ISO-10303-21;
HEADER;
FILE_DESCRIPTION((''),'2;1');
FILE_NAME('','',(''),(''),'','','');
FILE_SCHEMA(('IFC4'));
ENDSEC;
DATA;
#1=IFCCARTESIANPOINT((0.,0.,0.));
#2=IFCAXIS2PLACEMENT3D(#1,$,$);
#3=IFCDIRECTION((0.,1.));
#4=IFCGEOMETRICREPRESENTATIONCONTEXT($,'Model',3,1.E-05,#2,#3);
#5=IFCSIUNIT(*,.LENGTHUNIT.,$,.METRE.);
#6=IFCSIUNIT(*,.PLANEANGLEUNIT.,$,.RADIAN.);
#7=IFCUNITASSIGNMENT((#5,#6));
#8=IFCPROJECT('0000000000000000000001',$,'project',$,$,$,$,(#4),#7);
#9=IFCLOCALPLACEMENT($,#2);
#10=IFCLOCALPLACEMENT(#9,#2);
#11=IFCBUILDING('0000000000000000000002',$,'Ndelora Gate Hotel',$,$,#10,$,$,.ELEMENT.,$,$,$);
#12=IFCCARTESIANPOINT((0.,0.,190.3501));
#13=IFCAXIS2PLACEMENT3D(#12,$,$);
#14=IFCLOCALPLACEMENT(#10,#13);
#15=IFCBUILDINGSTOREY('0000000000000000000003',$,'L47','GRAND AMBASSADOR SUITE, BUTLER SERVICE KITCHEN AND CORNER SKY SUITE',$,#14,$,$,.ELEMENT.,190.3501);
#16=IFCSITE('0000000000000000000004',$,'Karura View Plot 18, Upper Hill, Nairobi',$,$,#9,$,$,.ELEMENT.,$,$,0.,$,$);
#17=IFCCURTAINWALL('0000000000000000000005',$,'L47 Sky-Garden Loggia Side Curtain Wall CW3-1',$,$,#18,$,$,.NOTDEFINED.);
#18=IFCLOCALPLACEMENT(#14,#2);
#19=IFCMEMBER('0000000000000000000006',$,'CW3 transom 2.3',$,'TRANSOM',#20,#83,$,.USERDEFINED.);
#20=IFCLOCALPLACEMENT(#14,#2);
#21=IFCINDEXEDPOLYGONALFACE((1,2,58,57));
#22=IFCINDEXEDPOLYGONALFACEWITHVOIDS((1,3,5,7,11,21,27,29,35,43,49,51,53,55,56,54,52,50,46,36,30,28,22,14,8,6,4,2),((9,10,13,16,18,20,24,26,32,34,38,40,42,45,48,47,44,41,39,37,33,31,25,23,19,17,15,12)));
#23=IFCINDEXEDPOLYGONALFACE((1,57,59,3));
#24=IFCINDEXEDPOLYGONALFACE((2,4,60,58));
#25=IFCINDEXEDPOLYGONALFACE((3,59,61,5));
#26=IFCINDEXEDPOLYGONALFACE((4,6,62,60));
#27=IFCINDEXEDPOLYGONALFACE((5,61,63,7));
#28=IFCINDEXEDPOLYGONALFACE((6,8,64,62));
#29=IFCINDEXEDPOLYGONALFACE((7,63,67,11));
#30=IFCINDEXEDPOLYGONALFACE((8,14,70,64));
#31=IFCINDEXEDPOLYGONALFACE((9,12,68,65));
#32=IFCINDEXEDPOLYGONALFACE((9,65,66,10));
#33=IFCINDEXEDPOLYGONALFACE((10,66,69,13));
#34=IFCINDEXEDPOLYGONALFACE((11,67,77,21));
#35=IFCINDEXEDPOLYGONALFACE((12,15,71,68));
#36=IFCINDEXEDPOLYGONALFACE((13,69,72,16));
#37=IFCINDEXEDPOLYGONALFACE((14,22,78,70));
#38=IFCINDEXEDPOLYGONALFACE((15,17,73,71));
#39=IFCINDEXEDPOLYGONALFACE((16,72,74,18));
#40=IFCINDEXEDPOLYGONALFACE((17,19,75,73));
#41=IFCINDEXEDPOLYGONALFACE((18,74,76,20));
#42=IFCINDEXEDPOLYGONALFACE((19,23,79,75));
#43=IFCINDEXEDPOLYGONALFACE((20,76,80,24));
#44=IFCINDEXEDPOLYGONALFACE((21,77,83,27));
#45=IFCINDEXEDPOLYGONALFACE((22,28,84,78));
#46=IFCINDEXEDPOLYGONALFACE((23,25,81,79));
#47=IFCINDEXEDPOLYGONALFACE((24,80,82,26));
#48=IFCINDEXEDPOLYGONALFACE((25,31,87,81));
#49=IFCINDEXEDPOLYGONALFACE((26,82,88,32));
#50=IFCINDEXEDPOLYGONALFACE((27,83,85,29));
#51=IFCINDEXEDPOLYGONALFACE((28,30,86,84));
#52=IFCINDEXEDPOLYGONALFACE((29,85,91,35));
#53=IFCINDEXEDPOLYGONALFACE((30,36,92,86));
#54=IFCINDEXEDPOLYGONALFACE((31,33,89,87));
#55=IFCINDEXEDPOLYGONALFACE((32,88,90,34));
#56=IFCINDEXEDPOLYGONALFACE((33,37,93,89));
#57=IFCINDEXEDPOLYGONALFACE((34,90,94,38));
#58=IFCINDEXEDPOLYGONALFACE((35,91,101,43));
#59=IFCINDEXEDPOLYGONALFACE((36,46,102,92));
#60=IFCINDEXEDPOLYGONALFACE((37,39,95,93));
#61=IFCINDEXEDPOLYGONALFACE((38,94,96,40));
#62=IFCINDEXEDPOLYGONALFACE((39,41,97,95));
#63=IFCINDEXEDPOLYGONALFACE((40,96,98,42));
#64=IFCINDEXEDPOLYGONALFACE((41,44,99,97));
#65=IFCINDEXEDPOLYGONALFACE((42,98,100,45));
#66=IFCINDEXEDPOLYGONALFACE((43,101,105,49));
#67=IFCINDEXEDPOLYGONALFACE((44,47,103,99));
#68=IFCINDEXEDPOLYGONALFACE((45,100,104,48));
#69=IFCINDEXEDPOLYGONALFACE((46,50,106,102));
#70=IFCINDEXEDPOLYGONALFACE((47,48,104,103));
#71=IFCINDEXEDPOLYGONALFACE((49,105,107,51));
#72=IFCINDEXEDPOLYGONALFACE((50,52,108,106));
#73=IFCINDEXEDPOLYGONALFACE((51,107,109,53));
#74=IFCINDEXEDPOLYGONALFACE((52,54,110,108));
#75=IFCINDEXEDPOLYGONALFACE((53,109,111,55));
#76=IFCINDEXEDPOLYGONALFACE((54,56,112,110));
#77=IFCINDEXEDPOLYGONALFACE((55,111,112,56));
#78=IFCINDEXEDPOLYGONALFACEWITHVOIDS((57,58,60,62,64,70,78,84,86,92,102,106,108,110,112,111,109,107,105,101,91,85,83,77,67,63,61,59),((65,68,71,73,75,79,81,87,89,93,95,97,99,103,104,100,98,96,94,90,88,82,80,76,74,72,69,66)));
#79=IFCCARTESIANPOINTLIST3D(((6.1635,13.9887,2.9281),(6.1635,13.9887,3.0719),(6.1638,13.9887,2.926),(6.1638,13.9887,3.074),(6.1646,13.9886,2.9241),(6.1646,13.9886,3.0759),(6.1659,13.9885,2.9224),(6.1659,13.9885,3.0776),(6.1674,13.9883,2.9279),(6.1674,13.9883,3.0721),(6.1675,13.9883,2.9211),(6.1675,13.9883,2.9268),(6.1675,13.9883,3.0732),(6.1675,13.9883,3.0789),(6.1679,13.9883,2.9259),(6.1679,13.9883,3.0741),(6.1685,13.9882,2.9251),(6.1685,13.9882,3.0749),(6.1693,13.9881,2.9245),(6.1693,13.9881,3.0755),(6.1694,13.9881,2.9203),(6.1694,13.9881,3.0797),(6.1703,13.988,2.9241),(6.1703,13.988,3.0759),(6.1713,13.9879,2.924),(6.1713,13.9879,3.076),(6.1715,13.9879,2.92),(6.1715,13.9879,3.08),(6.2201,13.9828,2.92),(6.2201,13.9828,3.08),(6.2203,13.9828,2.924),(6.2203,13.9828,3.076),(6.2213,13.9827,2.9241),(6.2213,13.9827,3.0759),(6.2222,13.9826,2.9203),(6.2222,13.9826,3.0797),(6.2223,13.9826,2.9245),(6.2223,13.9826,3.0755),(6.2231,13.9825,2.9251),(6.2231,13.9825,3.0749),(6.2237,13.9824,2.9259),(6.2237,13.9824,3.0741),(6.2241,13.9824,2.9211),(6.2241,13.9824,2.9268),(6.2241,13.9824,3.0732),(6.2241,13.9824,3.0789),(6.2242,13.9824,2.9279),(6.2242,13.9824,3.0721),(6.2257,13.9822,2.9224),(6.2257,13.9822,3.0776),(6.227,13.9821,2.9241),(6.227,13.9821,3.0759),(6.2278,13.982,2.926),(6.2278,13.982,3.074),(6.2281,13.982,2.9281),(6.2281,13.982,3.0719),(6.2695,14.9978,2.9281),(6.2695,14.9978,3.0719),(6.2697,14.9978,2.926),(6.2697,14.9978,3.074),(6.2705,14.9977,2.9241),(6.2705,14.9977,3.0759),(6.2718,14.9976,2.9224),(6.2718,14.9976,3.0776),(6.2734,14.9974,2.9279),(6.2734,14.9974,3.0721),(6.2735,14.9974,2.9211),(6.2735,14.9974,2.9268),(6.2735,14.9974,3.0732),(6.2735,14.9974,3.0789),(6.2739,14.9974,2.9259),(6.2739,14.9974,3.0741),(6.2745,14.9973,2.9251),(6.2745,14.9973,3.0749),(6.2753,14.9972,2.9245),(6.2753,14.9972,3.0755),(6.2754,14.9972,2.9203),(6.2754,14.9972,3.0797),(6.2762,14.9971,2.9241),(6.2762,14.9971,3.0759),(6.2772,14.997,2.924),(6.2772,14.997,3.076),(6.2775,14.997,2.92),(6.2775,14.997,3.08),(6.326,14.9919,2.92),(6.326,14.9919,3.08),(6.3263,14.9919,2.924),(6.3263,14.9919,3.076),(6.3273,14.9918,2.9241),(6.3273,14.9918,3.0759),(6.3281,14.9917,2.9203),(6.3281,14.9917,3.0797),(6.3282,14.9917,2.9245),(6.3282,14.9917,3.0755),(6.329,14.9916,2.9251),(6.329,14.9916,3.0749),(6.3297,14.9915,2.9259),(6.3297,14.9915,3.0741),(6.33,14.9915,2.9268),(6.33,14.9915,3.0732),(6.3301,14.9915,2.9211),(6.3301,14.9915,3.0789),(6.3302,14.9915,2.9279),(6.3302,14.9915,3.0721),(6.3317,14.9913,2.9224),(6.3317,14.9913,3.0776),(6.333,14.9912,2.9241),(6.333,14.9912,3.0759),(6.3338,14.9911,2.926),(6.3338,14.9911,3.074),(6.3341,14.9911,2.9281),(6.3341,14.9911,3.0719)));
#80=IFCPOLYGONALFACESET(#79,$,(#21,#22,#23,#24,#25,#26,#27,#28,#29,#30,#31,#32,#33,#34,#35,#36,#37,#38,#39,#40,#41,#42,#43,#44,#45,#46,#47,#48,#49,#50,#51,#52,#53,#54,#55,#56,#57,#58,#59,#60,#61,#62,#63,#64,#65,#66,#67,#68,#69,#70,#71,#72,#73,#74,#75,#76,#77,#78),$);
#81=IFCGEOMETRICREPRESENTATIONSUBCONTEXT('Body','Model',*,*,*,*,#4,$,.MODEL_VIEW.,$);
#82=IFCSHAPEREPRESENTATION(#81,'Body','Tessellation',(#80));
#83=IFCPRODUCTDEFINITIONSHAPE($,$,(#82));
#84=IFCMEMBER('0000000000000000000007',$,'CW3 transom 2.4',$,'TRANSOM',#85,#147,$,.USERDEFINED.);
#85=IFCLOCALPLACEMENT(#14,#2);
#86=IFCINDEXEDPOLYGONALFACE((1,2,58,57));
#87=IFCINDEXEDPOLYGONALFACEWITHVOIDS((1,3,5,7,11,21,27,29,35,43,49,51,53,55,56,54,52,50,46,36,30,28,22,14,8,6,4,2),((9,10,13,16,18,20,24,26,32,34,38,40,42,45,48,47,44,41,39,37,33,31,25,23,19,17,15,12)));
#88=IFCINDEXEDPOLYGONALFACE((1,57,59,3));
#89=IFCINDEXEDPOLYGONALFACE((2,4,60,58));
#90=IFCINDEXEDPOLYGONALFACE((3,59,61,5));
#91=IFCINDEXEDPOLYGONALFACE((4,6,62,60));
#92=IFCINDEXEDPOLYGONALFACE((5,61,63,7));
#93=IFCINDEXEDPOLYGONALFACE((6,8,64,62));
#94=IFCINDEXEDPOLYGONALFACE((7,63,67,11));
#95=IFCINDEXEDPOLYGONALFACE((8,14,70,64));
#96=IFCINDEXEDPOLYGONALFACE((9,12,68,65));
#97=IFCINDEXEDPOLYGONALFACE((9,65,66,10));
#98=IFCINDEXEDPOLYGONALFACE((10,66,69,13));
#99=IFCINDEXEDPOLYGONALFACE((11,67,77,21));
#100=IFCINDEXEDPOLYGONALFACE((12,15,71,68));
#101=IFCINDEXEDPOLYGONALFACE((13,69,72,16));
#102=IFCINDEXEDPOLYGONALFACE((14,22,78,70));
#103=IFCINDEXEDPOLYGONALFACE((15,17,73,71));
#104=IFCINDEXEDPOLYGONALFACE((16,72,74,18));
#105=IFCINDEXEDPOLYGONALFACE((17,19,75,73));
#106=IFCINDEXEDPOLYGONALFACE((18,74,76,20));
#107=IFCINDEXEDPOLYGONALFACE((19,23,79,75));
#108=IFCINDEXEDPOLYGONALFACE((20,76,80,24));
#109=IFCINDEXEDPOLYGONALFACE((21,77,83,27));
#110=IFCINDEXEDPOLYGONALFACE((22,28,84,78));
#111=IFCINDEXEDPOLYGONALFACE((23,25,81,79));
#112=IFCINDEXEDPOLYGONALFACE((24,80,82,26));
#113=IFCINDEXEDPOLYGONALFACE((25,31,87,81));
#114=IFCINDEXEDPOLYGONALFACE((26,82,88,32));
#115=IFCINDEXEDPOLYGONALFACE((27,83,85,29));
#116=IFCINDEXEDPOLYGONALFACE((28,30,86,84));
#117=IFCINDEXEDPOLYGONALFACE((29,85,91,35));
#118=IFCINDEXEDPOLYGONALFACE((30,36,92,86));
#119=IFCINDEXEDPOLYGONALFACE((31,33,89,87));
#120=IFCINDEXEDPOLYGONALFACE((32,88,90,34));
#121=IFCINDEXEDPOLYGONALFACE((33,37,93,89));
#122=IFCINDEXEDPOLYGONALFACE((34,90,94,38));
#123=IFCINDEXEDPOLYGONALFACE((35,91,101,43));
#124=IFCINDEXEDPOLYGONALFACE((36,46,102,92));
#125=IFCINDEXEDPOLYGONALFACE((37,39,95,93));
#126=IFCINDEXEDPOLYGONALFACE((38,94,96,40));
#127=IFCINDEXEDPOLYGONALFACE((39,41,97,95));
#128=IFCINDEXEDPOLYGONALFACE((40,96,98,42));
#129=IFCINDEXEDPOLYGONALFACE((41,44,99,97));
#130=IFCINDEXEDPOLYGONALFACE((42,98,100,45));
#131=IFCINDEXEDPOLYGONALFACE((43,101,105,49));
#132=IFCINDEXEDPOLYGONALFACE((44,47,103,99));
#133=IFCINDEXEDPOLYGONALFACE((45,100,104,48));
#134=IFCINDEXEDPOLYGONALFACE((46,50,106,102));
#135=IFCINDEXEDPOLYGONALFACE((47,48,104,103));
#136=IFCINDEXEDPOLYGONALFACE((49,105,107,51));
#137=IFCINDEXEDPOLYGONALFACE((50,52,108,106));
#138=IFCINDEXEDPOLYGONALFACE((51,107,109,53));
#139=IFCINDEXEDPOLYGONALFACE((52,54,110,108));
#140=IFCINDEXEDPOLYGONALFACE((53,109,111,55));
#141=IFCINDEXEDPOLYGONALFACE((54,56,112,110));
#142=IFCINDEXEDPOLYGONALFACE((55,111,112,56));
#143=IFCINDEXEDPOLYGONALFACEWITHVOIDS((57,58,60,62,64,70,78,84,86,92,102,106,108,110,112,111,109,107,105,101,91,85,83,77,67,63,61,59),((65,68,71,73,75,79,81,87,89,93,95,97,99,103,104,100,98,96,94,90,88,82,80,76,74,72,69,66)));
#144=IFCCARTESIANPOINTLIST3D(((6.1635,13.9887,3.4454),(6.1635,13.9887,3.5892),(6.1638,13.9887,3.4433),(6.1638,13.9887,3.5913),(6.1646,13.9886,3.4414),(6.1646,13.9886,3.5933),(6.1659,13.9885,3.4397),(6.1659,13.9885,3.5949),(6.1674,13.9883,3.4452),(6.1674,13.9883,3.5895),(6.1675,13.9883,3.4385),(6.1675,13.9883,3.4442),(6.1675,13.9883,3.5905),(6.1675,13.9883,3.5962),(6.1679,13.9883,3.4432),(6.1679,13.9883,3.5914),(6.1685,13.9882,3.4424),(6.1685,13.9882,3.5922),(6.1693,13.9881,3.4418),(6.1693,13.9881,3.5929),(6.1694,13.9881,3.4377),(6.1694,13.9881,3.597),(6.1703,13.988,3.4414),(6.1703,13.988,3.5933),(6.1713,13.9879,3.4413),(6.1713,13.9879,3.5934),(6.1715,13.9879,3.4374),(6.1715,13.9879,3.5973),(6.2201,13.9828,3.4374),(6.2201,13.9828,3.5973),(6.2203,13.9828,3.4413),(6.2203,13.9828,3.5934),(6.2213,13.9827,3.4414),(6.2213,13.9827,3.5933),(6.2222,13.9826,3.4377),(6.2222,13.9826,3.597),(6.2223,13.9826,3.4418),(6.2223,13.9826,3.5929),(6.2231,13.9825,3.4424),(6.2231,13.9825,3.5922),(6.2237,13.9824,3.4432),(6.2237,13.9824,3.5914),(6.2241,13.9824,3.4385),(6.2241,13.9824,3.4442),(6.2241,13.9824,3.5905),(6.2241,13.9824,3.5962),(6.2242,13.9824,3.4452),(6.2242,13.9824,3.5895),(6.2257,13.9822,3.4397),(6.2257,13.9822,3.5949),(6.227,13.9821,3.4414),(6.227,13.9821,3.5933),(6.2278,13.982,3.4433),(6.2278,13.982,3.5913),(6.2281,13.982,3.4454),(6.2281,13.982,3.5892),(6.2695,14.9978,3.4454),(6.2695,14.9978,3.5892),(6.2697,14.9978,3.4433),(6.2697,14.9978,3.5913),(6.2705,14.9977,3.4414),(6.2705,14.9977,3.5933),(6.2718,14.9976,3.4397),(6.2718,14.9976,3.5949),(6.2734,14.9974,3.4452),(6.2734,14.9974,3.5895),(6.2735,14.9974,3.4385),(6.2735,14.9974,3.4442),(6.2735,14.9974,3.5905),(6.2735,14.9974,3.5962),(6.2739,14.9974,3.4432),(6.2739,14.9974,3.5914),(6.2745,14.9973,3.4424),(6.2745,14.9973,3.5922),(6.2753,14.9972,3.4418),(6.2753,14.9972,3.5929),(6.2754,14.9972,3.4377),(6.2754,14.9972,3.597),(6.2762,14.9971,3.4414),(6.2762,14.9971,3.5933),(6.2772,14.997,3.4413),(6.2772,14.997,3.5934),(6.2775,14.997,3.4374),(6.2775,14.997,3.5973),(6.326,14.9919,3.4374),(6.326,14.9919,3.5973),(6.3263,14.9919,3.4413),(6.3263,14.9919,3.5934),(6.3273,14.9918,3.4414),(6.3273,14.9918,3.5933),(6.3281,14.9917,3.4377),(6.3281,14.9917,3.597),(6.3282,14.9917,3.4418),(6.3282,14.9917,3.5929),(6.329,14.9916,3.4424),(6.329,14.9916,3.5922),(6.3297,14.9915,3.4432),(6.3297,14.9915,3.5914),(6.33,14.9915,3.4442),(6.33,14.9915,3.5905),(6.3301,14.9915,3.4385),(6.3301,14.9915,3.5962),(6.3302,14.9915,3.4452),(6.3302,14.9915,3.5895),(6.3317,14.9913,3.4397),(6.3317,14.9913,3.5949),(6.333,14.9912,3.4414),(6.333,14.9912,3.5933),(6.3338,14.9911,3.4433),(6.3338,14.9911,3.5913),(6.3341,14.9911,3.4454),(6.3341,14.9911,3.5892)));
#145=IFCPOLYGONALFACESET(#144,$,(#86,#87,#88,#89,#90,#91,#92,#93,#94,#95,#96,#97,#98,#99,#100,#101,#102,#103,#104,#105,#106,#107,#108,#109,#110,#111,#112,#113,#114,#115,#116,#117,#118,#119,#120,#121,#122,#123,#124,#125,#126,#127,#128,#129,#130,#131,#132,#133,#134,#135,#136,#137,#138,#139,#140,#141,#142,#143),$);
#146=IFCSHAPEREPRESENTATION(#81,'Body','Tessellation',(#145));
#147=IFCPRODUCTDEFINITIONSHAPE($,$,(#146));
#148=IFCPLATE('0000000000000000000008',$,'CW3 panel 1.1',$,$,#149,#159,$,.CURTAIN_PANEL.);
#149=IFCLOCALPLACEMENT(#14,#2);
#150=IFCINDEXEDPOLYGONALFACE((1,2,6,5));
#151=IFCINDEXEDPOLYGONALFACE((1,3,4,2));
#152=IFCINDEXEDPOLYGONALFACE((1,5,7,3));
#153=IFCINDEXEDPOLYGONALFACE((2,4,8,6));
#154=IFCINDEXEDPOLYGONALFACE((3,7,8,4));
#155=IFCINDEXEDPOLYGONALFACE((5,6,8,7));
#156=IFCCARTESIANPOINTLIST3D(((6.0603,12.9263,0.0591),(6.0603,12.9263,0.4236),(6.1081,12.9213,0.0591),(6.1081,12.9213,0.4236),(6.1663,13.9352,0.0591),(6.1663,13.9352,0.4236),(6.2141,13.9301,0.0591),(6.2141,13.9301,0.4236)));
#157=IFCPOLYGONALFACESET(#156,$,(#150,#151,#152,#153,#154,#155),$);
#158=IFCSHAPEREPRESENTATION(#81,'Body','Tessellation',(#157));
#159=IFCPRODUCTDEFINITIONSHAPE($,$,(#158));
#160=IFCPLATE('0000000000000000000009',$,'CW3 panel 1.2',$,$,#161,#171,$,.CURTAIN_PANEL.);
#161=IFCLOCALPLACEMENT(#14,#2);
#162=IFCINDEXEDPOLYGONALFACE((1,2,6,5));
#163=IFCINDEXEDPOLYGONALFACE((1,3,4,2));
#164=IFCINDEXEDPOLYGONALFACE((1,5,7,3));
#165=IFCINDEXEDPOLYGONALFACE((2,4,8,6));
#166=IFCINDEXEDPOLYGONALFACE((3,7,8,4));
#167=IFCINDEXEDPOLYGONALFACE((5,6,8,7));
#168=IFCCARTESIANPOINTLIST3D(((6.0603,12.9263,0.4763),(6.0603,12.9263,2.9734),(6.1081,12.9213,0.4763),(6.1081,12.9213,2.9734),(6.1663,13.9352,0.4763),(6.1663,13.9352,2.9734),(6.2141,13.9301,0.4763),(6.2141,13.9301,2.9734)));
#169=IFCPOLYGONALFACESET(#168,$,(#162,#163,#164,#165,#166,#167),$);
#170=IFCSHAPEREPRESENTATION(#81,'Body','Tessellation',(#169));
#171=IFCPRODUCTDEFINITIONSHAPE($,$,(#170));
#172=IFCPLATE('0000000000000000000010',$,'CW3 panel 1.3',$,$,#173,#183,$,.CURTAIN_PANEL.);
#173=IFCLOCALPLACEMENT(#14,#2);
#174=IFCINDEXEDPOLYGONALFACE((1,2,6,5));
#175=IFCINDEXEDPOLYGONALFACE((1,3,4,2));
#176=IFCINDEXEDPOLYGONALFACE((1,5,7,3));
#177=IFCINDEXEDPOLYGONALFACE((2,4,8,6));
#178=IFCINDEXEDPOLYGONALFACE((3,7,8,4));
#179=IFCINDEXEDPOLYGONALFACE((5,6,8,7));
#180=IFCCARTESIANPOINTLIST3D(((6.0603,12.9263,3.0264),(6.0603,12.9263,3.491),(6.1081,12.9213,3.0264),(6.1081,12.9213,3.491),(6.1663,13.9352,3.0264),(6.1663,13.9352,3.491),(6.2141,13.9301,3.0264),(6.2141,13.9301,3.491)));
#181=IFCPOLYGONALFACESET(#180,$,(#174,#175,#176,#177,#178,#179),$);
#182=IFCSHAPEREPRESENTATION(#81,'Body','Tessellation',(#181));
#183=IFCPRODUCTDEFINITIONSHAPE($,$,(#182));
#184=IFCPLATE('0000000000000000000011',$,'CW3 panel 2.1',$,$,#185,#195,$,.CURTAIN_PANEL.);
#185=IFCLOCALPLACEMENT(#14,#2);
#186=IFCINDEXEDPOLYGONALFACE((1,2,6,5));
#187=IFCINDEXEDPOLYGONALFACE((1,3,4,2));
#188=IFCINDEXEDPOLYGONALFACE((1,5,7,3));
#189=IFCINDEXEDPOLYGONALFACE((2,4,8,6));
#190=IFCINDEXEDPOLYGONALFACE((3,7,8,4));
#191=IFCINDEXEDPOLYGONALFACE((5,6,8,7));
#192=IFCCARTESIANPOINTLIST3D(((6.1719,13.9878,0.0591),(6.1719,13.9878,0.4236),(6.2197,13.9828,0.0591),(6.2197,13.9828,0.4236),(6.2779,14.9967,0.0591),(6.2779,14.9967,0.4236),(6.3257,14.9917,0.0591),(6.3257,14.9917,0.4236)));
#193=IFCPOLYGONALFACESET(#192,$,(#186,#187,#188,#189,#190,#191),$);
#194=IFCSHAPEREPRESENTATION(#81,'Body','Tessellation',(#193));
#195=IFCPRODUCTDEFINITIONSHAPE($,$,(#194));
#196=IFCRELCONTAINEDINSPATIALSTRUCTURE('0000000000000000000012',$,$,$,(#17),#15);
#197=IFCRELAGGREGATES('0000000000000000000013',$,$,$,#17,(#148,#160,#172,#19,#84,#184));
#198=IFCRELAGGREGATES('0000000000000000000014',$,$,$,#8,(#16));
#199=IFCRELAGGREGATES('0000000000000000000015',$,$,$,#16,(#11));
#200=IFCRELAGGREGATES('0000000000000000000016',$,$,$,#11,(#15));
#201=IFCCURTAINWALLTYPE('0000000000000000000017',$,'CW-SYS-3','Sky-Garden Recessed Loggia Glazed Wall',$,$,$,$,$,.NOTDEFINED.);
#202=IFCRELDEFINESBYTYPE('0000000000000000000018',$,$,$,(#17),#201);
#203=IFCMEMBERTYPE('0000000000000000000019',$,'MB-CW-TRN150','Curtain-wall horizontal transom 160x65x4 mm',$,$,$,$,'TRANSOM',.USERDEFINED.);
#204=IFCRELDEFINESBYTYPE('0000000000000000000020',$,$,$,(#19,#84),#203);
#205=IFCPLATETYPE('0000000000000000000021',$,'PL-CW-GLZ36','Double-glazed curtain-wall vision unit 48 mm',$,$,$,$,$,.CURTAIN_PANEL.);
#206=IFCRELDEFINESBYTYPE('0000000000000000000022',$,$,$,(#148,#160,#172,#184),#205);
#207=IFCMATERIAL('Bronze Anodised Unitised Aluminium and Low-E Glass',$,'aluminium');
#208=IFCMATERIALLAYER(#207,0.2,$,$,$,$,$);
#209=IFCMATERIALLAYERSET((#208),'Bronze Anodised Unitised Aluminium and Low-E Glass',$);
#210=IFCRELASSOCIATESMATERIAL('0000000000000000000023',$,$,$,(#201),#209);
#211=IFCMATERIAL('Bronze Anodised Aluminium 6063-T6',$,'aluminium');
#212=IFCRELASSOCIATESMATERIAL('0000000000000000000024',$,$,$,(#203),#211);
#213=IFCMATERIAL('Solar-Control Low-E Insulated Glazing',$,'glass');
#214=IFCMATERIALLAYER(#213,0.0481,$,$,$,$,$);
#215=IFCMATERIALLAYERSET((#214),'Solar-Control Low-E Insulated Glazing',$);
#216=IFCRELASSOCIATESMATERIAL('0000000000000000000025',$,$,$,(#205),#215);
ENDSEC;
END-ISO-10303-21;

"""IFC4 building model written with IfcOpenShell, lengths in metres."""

from ifc_helpers import new_model, si_unit, direction, frame, origin, origin_2d, place, context, subcontext, project, spatial, rectangle, hollow_rectangle, extrude, material, layer, layer_set, material_profile, profile_set, type_object, element, aggregate, save


model = new_model("IFC4")

# Units and contexts
model_context = context("Model", 3, precision=1e-05, world=origin(), true_north=direction((0.0, 1.0)))
body_context = subcontext(model_context, "Body", "Model", "MODEL_VIEW")
ifc_project = project(units=[si_unit("LENGTHUNIT", "METRE"), si_unit("PLANEANGLEUNIT", "RADIAN")], contexts=[model_context])

# Site, building, storey
site_placement = place(None, origin())
site = spatial("IfcSite", under=ifc_project, at=site_placement, Name="Karura View Plot 18, Upper Hill, Nairobi", CompositionType="ELEMENT", RefElevation=0.0)
building_placement = place(site_placement, origin())
building = spatial("IfcBuilding", under=site, at=building_placement, Name="Ndelora Gate Hotel", CompositionType="ELEMENT")
storey_placement = place(building_placement, frame((0.0, 0.0, 190.3501)))
storey = spatial("IfcBuildingStorey", under=building, at=storey_placement, Name="L47", Description="GRAND AMBASSADOR SUITE, BUTLER SERVICE KITCHEN AND CORNER SKY SUITE", CompositionType="ELEMENT", Elevation=190.3501)

# Curtain wall, members, plates
ifc_material_1 = material(Name="Bronze Anodised Unitised Aluminium and Low-E Glass", Category="aluminium")
ifc_layer_1 = layer(ifc_material_1, 0.2)
ifc_layer_set_1 = layer_set([ifc_layer_1], Name="Bronze Anodised Unitised Aluminium and Low-E Glass")
curtain_wall_type = type_object("IfcCurtainWallType", Name="CW-SYS-3", Description="Sky-Garden Recessed Loggia Glazed Wall", PredefinedType="NOTDEFINED", material=ifc_layer_set_1)
curtain_wall_placement = place(storey_placement, origin())
curtain_wall = element("IfcCurtainWall", 1, at=curtain_wall_placement, inside=storey, type_object=curtain_wall_type, Name="L47 Sky-Garden Loggia Side Curtain Wall CW3-1", PredefinedType="NOTDEFINED")
ifc_material_2 = material(Name="Bronze Anodised Aluminium 6063-T6", Category="aluminium")
ifc_material_profile_1 = material_profile(ifc_material_2, hollow_rectangle(XDim=0.0649, YDim=0.1599, WallThickness=0.0039, InnerFilletRadius=0.0039, OuterFilletRadius=0.0081, at=origin_2d()), Name="ALU 160x65x4")
ifc_profile_set_1 = profile_set([ifc_material_profile_1], Name="Bronze Anodised Aluminium 6063-T6")
member_type_1 = type_object("IfcMemberType", Name="MB-CW-TRN150", Description="Curtain-wall horizontal transom 160x65x4 mm", ElementType="TRANSOM", PredefinedType="USERDEFINED", material=ifc_profile_set_1)
member_1_placement = place(storey_placement, frame((6.1958, 13.9854, 3.0), z_axis=(0.104434, 0.994532, 0.0), x_axis=(-0.994532, 0.104434, 0.0)))
member_1 = element("IfcMember", 2, at=member_1_placement, type_object=member_type_1, Name="CW3 transom 2.3", ObjectType="TRANSOM", PredefinedType="USERDEFINED", context=body_context, shape_type="SweptSolid", body=[
    extrude(hollow_rectangle(XDim=0.0649, YDim=0.1599, WallThickness=0.0039, InnerFilletRadius=0.0039, OuterFilletRadius=0.0081, at=origin_2d()), origin(), (0.0, 0.0, 1.0), 1.0146),
])
member_2_placement = place(storey_placement, frame((6.1958, 13.9854, 3.5173), z_axis=(0.104434, 0.994532, 0.0), x_axis=(-0.994532, 0.104434, 0.0)))
member_2 = element("IfcMember", 3, at=member_2_placement, type_object=member_type_1, Name="CW3 transom 2.4", ObjectType="TRANSOM", PredefinedType="USERDEFINED", context=body_context, shape_type="SweptSolid", body=[
    extrude(hollow_rectangle(XDim=0.0649, YDim=0.1599, WallThickness=0.0039, InnerFilletRadius=0.0039, OuterFilletRadius=0.0081, at=origin_2d()), origin(), (0.0, 0.0, 1.0), 1.0146),
])
ifc_material_3 = material(Name="Solar-Control Low-E Insulated Glazing", Category="glass")
ifc_layer_2 = layer(ifc_material_3, 0.0481)
ifc_layer_set_2 = layer_set([ifc_layer_2], Name="Solar-Control Low-E Insulated Glazing")
plate_type = type_object("IfcPlateType", Name="PL-CW-GLZ36", Description="Double-glazed curtain-wall vision unit 48 mm", PredefinedType="CURTAIN_PANEL", material=ifc_layer_set_2)
plate_1_placement = place(storey_placement, frame((6.1372, 13.4282, 0.0591), z_axis=(0.0, 0.0, 1.0), x_axis=(0.104498, 0.994525, 0.0)))
plate_1 = element("IfcPlate", 4, at=plate_1_placement, type_object=plate_type, Name="CW3 panel 1.1", PredefinedType="CURTAIN_PANEL", context=body_context, shape_type="SweptSolid", body=[
    extrude(rectangle(XDim=1.0144, YDim=0.0481, at=origin_2d()), origin(), (0.0, 0.0, 1.0), 0.3645),
])
plate_2_placement = place(storey_placement, frame((6.1372, 13.4282, 0.4763), z_axis=(0.0, 0.0, 1.0), x_axis=(0.104498, 0.994525, 0.0)))
plate_2 = element("IfcPlate", 5, at=plate_2_placement, type_object=plate_type, Name="CW3 panel 1.2", PredefinedType="CURTAIN_PANEL", context=body_context, shape_type="SweptSolid", body=[
    extrude(rectangle(XDim=1.0144, YDim=0.0481, at=origin_2d()), origin(), (0.0, 0.0, 1.0), 2.4971),
])
plate_3_placement = place(storey_placement, frame((6.1372, 13.4282, 3.0264), z_axis=(0.0, 0.0, 1.0), x_axis=(0.104498, 0.994525, 0.0)))
plate_3 = element("IfcPlate", 6, at=plate_3_placement, type_object=plate_type, Name="CW3 panel 1.3", PredefinedType="CURTAIN_PANEL", context=body_context, shape_type="SweptSolid", body=[
    extrude(rectangle(XDim=1.0144, YDim=0.0481, at=origin_2d()), origin(), (0.0, 0.0, 1.0), 0.4646),
])
plate_4_placement = place(storey_placement, frame((6.2488, 14.4897, 0.0591), z_axis=(0.0, 0.0, 1.0), x_axis=(0.104498, 0.994525, 0.0)))
plate_4 = element("IfcPlate", 7, at=plate_4_placement, type_object=plate_type, Name="CW3 panel 2.1", PredefinedType="CURTAIN_PANEL", context=body_context, shape_type="SweptSolid", body=[
    extrude(rectangle(XDim=1.0144, YDim=0.0481, at=origin_2d()), origin(), (0.0, 0.0, 1.0), 0.3645),
])
aggregate(curtain_wall, [plate_1, plate_2, plate_3, member_1, member_2, plate_4])

save(model, "model.ifc")
